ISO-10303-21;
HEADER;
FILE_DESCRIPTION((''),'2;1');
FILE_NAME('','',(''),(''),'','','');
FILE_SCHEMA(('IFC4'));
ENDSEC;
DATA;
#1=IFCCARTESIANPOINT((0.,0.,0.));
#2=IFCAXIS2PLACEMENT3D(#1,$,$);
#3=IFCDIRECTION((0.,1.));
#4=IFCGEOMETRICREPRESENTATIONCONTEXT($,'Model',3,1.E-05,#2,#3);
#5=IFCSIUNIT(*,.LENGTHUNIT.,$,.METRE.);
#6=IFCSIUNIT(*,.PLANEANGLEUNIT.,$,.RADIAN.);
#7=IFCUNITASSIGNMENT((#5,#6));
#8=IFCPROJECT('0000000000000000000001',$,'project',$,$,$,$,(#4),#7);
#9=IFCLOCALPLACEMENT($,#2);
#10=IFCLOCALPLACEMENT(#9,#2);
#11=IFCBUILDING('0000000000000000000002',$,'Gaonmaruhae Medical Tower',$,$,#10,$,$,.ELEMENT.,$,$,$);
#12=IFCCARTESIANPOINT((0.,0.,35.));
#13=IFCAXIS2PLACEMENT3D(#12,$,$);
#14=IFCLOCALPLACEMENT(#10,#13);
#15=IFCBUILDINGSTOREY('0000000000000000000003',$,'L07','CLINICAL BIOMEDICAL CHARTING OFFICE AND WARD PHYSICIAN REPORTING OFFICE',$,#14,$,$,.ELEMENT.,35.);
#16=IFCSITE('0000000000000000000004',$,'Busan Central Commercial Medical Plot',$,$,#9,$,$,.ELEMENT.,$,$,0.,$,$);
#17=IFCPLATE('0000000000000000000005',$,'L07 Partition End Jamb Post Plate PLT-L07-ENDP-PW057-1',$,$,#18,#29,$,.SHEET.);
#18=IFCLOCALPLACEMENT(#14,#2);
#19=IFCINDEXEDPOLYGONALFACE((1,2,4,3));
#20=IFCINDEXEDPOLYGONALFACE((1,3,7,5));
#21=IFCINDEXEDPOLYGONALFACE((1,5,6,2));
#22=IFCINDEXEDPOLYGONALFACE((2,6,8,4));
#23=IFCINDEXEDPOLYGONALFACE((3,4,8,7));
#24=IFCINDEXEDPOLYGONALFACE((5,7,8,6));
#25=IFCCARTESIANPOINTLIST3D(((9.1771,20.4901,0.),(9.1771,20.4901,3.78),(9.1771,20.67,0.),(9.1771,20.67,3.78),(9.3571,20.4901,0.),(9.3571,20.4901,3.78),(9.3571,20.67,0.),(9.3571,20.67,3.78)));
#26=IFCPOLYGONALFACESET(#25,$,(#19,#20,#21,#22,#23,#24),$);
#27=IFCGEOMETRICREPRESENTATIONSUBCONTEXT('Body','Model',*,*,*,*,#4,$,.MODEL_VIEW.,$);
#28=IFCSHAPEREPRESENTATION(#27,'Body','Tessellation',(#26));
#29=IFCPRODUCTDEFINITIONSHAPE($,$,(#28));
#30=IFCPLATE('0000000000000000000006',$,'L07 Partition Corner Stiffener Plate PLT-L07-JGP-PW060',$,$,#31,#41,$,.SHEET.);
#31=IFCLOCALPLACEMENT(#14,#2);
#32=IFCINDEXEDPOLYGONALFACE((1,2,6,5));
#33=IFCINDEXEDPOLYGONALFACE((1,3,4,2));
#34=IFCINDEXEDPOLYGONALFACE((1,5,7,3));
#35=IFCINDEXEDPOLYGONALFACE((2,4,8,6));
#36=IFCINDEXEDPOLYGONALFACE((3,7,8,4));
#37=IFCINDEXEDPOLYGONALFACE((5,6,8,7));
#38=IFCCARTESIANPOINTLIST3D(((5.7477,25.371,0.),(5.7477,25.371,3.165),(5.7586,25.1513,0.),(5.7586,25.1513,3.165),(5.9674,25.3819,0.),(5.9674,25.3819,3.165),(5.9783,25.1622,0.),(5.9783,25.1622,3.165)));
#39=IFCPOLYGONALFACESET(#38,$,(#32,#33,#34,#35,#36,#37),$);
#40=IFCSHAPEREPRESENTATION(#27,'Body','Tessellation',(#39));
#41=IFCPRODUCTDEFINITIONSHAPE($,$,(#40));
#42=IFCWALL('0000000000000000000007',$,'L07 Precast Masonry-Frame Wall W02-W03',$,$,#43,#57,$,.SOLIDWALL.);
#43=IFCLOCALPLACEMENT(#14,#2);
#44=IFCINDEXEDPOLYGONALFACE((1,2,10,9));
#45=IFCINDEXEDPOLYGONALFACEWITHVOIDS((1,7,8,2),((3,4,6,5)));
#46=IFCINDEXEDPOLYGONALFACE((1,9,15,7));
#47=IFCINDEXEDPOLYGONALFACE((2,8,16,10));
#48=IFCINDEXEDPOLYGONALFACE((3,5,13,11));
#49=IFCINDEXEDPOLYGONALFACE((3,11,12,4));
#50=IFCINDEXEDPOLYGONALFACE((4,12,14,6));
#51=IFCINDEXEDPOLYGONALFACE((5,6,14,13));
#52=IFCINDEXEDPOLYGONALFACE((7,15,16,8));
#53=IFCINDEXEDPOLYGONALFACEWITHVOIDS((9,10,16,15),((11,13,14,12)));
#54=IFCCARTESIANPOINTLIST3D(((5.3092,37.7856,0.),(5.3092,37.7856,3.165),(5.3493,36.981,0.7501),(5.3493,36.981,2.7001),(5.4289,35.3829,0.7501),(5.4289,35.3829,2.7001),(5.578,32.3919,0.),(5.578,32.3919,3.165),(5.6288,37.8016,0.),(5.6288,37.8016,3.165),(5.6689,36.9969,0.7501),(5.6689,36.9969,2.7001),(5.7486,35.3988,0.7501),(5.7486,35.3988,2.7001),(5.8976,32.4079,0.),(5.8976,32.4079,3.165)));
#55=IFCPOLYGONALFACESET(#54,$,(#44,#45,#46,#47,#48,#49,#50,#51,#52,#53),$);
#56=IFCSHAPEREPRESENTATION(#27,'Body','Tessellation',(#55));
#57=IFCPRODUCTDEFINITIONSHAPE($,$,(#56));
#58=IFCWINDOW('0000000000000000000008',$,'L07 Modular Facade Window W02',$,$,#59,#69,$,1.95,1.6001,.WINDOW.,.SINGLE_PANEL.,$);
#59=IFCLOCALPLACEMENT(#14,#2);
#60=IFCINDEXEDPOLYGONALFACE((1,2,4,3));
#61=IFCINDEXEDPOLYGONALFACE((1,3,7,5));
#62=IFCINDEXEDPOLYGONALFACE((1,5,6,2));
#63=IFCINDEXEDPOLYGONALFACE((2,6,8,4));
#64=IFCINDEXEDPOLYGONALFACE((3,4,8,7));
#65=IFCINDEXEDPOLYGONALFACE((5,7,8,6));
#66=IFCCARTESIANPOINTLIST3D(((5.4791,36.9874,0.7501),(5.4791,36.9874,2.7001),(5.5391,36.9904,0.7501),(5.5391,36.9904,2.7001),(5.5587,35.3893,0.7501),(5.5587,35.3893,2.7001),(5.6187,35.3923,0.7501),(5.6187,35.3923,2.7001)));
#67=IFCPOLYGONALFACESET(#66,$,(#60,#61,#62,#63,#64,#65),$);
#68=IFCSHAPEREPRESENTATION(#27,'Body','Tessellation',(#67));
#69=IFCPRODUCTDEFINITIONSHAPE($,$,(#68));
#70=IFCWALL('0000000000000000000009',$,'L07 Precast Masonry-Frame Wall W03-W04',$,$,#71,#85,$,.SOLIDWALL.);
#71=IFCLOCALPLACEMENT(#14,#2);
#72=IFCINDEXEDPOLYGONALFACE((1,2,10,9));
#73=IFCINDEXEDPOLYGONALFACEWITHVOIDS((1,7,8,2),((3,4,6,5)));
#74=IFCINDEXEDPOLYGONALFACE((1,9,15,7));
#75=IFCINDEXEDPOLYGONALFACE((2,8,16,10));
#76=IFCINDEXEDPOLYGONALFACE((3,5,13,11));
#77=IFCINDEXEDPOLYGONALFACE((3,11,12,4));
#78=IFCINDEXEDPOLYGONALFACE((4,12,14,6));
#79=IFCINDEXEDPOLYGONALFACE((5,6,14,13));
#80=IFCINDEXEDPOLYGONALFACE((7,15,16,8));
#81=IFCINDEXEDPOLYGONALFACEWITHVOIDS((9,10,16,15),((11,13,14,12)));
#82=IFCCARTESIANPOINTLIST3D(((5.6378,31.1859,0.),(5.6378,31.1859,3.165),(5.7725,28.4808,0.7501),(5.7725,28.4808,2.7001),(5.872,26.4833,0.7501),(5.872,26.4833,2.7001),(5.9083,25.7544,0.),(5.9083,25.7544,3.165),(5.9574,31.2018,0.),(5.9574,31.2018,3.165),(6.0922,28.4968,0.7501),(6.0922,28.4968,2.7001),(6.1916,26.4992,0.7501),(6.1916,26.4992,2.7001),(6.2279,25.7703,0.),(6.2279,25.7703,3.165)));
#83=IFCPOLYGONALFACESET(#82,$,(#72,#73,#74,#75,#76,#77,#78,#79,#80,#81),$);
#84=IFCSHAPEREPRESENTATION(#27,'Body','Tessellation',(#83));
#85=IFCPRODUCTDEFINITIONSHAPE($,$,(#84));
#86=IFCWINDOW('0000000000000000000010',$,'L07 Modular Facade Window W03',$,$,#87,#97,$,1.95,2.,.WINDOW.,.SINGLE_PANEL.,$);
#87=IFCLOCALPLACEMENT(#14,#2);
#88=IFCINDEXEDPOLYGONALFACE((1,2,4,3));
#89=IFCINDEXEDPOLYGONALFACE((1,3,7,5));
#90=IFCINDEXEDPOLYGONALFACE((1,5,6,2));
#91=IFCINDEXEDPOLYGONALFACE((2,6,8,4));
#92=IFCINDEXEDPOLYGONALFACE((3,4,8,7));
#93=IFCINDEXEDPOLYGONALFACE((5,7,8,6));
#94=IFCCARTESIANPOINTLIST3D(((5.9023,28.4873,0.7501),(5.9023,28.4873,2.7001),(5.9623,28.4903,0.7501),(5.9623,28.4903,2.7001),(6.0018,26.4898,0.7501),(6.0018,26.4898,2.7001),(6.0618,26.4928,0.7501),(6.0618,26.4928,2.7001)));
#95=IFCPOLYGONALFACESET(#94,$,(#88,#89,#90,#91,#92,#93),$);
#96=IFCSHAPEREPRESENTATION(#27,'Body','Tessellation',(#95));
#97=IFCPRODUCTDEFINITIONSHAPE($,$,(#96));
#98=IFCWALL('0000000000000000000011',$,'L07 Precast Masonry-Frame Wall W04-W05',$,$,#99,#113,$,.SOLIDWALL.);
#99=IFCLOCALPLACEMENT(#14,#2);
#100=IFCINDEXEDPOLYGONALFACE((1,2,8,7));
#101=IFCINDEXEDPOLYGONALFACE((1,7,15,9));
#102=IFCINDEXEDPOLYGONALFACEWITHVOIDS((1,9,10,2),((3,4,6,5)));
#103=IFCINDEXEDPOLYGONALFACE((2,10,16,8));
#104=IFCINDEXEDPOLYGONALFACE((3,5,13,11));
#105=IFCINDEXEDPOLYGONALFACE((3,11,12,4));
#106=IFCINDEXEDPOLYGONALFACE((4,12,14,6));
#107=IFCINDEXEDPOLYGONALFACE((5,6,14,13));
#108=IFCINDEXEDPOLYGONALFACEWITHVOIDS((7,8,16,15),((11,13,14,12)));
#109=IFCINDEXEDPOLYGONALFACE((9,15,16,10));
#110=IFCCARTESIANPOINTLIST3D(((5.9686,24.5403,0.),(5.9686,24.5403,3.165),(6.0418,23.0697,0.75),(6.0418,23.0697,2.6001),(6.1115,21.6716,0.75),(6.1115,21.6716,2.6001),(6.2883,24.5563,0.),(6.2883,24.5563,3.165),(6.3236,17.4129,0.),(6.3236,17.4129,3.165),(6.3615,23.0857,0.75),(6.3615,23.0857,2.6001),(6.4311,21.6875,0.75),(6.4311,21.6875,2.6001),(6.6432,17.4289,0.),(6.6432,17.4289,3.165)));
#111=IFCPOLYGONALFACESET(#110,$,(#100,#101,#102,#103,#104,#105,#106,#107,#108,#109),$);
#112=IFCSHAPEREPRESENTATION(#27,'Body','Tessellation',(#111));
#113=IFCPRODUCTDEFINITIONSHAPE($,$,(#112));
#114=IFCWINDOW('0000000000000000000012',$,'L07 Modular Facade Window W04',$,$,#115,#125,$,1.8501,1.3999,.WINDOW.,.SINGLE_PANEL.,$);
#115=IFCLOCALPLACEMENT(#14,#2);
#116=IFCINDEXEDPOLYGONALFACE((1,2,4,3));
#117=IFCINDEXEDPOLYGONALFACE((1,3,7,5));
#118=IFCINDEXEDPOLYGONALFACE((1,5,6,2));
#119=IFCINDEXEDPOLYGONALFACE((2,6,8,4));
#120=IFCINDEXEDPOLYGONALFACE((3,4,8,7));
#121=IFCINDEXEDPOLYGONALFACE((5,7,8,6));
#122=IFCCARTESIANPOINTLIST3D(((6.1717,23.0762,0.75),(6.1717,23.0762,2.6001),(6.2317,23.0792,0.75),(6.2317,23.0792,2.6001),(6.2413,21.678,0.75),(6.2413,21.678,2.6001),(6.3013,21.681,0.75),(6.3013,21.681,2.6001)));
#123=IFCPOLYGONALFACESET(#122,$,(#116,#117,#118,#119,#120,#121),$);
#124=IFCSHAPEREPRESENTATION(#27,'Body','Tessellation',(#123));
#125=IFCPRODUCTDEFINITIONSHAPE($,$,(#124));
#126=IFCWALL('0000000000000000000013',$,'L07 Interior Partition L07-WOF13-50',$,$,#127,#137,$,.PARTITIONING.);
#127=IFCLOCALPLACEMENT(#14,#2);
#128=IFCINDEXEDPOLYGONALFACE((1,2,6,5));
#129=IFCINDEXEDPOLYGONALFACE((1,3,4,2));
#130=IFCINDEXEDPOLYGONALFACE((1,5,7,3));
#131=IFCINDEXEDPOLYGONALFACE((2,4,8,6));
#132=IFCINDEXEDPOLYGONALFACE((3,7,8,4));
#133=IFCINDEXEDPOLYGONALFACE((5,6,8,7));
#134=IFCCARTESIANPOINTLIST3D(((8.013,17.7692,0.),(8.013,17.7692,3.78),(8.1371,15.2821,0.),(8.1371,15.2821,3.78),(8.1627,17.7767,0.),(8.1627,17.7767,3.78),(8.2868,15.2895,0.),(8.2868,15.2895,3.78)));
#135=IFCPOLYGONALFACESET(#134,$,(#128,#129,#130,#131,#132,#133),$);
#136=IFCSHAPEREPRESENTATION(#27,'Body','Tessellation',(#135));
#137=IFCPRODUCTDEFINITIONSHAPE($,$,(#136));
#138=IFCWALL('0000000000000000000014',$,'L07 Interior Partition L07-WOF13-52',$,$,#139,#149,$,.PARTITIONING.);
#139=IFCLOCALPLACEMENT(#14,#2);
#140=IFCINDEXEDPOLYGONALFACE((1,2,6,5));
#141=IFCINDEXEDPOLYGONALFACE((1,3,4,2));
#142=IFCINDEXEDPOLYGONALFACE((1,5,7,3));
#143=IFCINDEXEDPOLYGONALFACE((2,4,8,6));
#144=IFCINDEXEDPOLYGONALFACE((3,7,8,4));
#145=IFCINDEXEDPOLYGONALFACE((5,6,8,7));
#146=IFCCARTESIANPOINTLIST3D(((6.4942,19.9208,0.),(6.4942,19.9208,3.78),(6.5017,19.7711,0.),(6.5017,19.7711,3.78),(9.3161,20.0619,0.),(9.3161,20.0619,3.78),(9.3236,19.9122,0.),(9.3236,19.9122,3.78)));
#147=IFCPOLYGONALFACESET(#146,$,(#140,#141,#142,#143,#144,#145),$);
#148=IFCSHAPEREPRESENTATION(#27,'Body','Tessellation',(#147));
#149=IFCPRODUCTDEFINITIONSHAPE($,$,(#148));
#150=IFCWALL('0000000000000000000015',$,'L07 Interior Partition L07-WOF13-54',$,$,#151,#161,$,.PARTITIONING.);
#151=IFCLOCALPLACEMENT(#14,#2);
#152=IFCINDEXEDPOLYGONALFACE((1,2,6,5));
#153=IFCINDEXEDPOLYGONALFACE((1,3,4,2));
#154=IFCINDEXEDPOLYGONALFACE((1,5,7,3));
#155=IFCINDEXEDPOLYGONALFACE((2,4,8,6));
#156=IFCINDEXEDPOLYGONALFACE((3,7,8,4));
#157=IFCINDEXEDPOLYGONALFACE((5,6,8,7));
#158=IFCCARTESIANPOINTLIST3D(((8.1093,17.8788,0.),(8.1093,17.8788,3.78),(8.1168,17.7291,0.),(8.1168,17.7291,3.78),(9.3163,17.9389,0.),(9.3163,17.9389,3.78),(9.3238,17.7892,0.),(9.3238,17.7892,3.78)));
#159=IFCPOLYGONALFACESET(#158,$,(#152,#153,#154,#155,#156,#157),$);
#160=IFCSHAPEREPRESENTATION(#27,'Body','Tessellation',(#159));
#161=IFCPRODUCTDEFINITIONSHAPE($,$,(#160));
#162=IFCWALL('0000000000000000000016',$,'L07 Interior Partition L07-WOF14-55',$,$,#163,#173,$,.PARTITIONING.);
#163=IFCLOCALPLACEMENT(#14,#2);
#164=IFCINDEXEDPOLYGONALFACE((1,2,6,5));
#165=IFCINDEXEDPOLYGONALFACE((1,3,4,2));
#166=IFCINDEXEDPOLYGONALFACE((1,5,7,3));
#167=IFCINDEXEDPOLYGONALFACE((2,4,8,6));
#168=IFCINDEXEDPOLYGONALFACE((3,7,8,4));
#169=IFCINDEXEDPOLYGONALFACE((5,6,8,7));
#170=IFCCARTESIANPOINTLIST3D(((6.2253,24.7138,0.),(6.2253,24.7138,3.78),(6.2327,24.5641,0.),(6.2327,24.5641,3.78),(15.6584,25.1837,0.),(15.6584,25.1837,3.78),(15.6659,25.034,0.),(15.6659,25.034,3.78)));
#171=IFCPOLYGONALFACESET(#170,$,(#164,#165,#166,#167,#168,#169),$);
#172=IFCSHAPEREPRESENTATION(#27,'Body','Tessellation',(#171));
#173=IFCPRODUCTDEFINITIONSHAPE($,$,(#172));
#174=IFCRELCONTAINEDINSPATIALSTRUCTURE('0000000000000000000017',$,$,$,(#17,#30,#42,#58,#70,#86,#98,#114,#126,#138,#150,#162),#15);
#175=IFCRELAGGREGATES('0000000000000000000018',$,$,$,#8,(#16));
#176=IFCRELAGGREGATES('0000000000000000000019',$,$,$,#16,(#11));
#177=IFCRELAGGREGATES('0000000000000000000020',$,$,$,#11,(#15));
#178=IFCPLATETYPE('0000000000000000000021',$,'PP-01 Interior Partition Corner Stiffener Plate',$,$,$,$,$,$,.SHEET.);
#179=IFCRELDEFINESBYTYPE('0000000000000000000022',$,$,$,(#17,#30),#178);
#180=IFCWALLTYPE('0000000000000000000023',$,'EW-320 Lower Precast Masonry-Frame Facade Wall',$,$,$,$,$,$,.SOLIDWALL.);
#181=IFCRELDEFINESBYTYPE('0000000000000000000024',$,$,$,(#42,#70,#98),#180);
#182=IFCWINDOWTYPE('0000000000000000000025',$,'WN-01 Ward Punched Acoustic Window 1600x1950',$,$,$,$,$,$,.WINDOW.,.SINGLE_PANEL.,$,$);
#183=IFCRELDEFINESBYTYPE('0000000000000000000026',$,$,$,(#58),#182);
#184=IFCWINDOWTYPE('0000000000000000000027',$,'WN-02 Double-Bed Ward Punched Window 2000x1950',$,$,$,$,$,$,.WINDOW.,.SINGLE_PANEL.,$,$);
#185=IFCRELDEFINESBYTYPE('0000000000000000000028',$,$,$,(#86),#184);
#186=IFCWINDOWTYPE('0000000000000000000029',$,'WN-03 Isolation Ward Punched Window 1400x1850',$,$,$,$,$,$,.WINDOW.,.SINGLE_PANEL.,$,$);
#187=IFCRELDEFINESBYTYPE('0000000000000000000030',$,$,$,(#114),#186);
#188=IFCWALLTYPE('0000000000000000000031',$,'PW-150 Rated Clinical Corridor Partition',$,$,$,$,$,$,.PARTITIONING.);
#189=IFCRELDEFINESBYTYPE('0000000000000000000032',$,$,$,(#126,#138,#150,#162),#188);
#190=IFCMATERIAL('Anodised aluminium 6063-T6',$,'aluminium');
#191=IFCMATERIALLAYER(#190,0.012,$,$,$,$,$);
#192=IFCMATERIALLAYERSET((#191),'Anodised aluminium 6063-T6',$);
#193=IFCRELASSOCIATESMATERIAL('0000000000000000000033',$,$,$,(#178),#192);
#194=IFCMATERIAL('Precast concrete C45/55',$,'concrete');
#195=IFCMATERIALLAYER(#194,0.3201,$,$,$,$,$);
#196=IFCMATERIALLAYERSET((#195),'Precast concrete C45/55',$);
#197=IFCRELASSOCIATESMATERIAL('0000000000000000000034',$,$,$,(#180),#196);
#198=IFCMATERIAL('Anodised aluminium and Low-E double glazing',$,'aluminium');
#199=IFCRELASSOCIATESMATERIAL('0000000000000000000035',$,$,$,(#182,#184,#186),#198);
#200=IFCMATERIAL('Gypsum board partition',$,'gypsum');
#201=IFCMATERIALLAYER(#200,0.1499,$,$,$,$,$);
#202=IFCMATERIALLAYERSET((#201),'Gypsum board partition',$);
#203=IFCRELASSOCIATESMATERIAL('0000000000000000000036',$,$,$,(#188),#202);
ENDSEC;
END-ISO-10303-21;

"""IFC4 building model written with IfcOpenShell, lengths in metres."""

from ifc_helpers import new_model, si_unit, direction, frame, frame_2d, origin, origin_2d, place, context, subcontext, project, spatial, rectangle, extrude, material, layer, layer_set, type_object, element, fill, save


model = new_model("IFC4")

# Units and contexts
model_context = context("Model", 3, precision=1e-05, world=origin(), true_north=direction((0.0, 1.0)))
body_context = subcontext(model_context, "Body", "Model", "MODEL_VIEW")
ifc_project = project(units=[si_unit("LENGTHUNIT", "METRE"), si_unit("PLANEANGLEUNIT", "RADIAN")], contexts=[model_context])

# Site, building, storey
site_placement = place(None, origin())
site = spatial("IfcSite", under=ifc_project, at=site_placement, Name="Busan Central Commercial Medical Plot", CompositionType="ELEMENT", RefElevation=0.0)
building_placement = place(site_placement, origin())
building = spatial("IfcBuilding", under=site, at=building_placement, Name="Gaonmaruhae Medical Tower", CompositionType="ELEMENT")
storey_placement = place(building_placement, frame((0.0, 0.0, 35.0)))
storey = spatial("IfcBuildingStorey", under=building, at=storey_placement, Name="L07", Description="CLINICAL BIOMEDICAL CHARTING OFFICE AND WARD PHYSICIAN REPORTING OFFICE", CompositionType="ELEMENT", Elevation=35.0)

# Plates
ifc_material_1 = material(Name="Anodised aluminium 6063-T6", Category="aluminium")
ifc_layer_1 = layer(ifc_material_1, 0.012)
ifc_layer_set_1 = layer_set([ifc_layer_1], Name="Anodised aluminium 6063-T6")
plate_type = type_object("IfcPlateType", Name="PP-01 Interior Partition Corner Stiffener Plate", PredefinedType="SHEET", material=ifc_layer_set_1)
plate_1_placement = place(storey_placement, frame((9.2671, 20.5801, 0.0), z_axis=(0.0, 0.0, 1.0), x_axis=(-1.0, 0.0, 0.0)))
element("IfcPlate", 1, at=plate_1_placement, inside=storey, type_object=plate_type, Name="L07 Partition End Jamb Post Plate PLT-L07-ENDP-PW057-1", PredefinedType="SHEET", context=body_context, shape_type="SweptSolid", body=[
    extrude(rectangle(XDim=0.1799, YDim=0.1799, at=origin_2d()), origin(), (0.0, 0.0, 1.0), 3.78),
])
plate_2_placement = place(storey_placement, frame((5.863, 25.2666, 0.0), z_axis=(0.0, 0.0, 1.0), x_axis=(-0.049477, 0.998775, 0.0)))
element("IfcPlate", 2, at=plate_2_placement, inside=storey, type_object=plate_type, Name="L07 Partition Corner Stiffener Plate PLT-L07-JGP-PW060", PredefinedType="SHEET", context=body_context, shape_type="SweptSolid", body=[
    extrude(rectangle(XDim=0.22, YDim=0.22, at=origin_2d()), origin(), (0.0, 0.0, 1.0), 3.165),
])

# Walls, openings, windows
ifc_material_2 = material(Name="Precast concrete C45/55", Category="concrete")
ifc_layer_2 = layer(ifc_material_2, 0.3201)
ifc_layer_set_2 = layer_set([ifc_layer_2], Name="Precast concrete C45/55")
wall_type_1 = type_object("IfcWallType", Name="EW-320 Lower Precast Masonry-Frame Facade Wall", PredefinedType="SOLIDWALL", material=ifc_layer_set_2)
wall_1_placement = place(storey_placement, frame((5.7378, 32.3999, 0.0), z_axis=(0.0, 0.0, 1.0), x_axis=(-0.049773, 0.998761, 0.0)))
wall_1 = element("IfcWall", 3, at=wall_1_placement, inside=storey, type_object=wall_type_1, Name="L07 Precast Masonry-Frame Wall W02-W03", PredefinedType="SOLIDWALL", context=body_context, shape_type="SweptSolid", body=[
    extrude(rectangle(XDim=5.4004, YDim=0.3201, at=frame_2d((2.7002, 0.0))), origin(), (0.0, 0.0, 1.0), 3.165),
])
opening_1_placement = place(wall_1_placement, frame((2.9946, 0.0, 0.75)))
opening_1 = element("IfcOpeningElement", 4, at=opening_1_placement, cuts=wall_1, PredefinedType="OPENING", context=body_context, shape_type="SweptSolid", body=[
    extrude(rectangle(XDim=1.6001, YDim=1.95, at=frame_2d((0.8, 0.9751))), frame((0.0, 0.1699, 0.0), z_axis=(0.0, -1.0, 0.0), x_axis=(1.0, 0.0, 0.0)), (0.0, 0.0, 1.0), 0.3401),
])
ifc_material_3 = material(Name="Anodised aluminium and Low-E double glazing", Category="aluminium")
window_type_1 = type_object("IfcWindowType", Name="WN-01 Ward Punched Acoustic Window 1600x1950", PartitioningType="SINGLE_PANEL", PredefinedType="WINDOW", material=ifc_material_3)
window_1_placement = place(opening_1_placement, origin())
window_1 = element("IfcWindow", 5, at=window_1_placement, inside=storey, type_object=window_type_1, Name="L07 Modular Facade Window W02", OverallHeight=1.95, OverallWidth=1.6001, PartitioningType="SINGLE_PANEL", PredefinedType="WINDOW", context=body_context, shape_type="SweptSolid", body=[
    extrude(rectangle(XDim=1.6001, YDim=1.95, at=frame_2d((0.8, 0.9751))), frame((0.0, 0.03, 0.0), z_axis=(0.0, -1.0, 0.0), x_axis=(1.0, 0.0, 0.0)), (0.0, 0.0, 1.0), 0.0601),
])
fill(opening_1, window_1)
wall_2_placement = place(storey_placement, frame((6.0681, 25.7622, 0.0), z_axis=(0.0, 0.0, 1.0), x_axis=(-0.049743, 0.998762, 0.0)))
wall_2 = element("IfcWall", 6, at=wall_2_placement, inside=storey, type_object=wall_type_1, Name="L07 Precast Masonry-Frame Wall W03-W04", PredefinedType="SOLIDWALL", context=body_context, shape_type="SweptSolid", body=[
    extrude(rectangle(XDim=5.4382, YDim=0.3201, at=frame_2d((2.7192, 0.0))), origin(), (0.0, 0.0, 1.0), 3.165),
])
opening_2_placement = place(wall_2_placement, frame((0.73, 0.0, 0.75)))
opening_2 = element("IfcOpeningElement", 7, at=opening_2_placement, cuts=wall_2, PredefinedType="OPENING", context=body_context, shape_type="SweptSolid", body=[
    extrude(rectangle(XDim=2.0, YDim=1.95, at=frame_2d((1.0, 0.9751))), frame((0.0, 0.1699, 0.0), z_axis=(0.0, -1.0, 0.0), x_axis=(1.0, 0.0, 0.0)), (0.0, 0.0, 1.0), 0.3401),
])
window_type_2 = type_object("IfcWindowType", Name="WN-02 Double-Bed Ward Punched Window 2000x1950", PartitioningType="SINGLE_PANEL", PredefinedType="WINDOW", material=ifc_material_3)
window_2_placement = place(opening_2_placement, origin())
window_2 = element("IfcWindow", 8, at=window_2_placement, inside=storey, type_object=window_type_2, Name="L07 Modular Facade Window W03", OverallHeight=1.95, OverallWidth=2.0, PartitioningType="SINGLE_PANEL", PredefinedType="WINDOW", context=body_context, shape_type="SweptSolid", body=[
    extrude(rectangle(XDim=2.0, YDim=1.95, at=frame_2d((1.0, 0.9751))), frame((0.0, 0.03, 0.0), z_axis=(0.0, -1.0, 0.0), x_axis=(1.0, 0.0, 0.0)), (0.0, 0.0, 1.0), 0.0601),
])
fill(opening_2, window_2)
wall_3_placement = place(storey_placement, frame((6.4834, 17.4209, 0.0), z_axis=(0.0, 0.0, 1.0), x_axis=(-0.049743, 0.998762, 0.0)))
wall_3 = element("IfcWall", 9, at=wall_3_placement, inside=storey, type_object=wall_type_1, Name="L07 Precast Masonry-Frame Wall W04-W05", PredefinedType="SOLIDWALL", context=body_context, shape_type="SweptSolid", body=[
    extrude(rectangle(XDim=7.1362, YDim=0.3201, at=frame_2d((3.5681, 0.0))), origin(), (0.0, 0.0, 1.0), 3.165),
])
opening_3_placement = place(wall_3_placement, frame((4.2639, 0.0, 0.75)))
opening_3 = element("IfcOpeningElement", 10, at=opening_3_placement, cuts=wall_3, PredefinedType="OPENING", context=body_context, shape_type="SweptSolid", body=[
    extrude(rectangle(XDim=1.3999, YDim=1.8501, at=frame_2d((0.7, 0.925))), frame((0.0, 0.1699, 0.0), z_axis=(0.0, -1.0, 0.0), x_axis=(1.0, 0.0, 0.0)), (0.0, 0.0, 1.0), 0.3401),
])
window_type_3 = type_object("IfcWindowType", Name="WN-03 Isolation Ward Punched Window 1400x1850", PartitioningType="SINGLE_PANEL", PredefinedType="WINDOW", material=ifc_material_3)
window_3_placement = place(opening_3_placement, origin())
window_3 = element("IfcWindow", 11, at=window_3_placement, inside=storey, type_object=window_type_3, Name="L07 Modular Facade Window W04", OverallHeight=1.8501, OverallWidth=1.3999, PartitioningType="SINGLE_PANEL", PredefinedType="WINDOW", context=body_context, shape_type="SweptSolid", body=[
    extrude(rectangle(XDim=1.3999, YDim=1.8501, at=frame_2d((0.7, 0.925))), frame((0.0, 0.03, 0.0), z_axis=(0.0, -1.0, 0.0), x_axis=(1.0, 0.0, 0.0)), (0.0, 0.0, 1.0), 0.0601),
])
fill(opening_3, window_3)

# Walls
ifc_material_4 = material(Name="Gypsum board partition", Category="gypsum")
ifc_layer_3 = layer(ifc_material_4, 0.1499)
ifc_layer_set_3 = layer_set([ifc_layer_3], Name="Gypsum board partition")
wall_type_2 = type_object("IfcWallType", Name="PW-150 Rated Clinical Corridor Partition", PredefinedType="PARTITIONING", material=ifc_layer_set_3)
wall_4_placement = place(storey_placement, frame((8.0879, 17.7729, 0.0), z_axis=(0.0, 0.0, 1.0), x_axis=(0.049806, -0.998759, 0.0)))
element("IfcWall", 12, at=wall_4_placement, inside=storey, type_object=wall_type_2, Name="L07 Interior Partition L07-WOF13-50", PredefinedType="PARTITIONING", context=body_context, shape_type="SweptSolid", body=[
    extrude(rectangle(XDim=2.4902, YDim=0.1499, at=frame_2d((1.2451, 0.0))), origin(), (0.0, 0.0, 1.0), 3.78),
])
wall_5_placement = place(storey_placement, frame((6.498, 19.8459, 0.0), z_axis=(0.0, 0.0, 1.0), x_axis=(0.998752, 0.049942, 0.0)))
element("IfcWall", 13, at=wall_5_placement, inside=storey, type_object=wall_type_2, Name="L07 Interior Partition L07-WOF13-52", PredefinedType="PARTITIONING", context=body_context, shape_type="SweptSolid", body=[
    extrude(rectangle(XDim=2.8254, YDim=0.1499, at=frame_2d((1.4126, 0.0))), origin(), (0.0, 0.0, 1.0), 3.78),
])

# Walls
wall_6_placement = place(storey_placement, frame((9.3201, 17.864, 0.0), z_axis=(0.0, 0.0, 1.0), x_axis=(-0.998764, -0.049696, 0.0)))
element("IfcWall", 14, at=wall_6_placement, inside=storey, type_object=wall_type_2, Name="L07 Interior Partition L07-WOF13-54", PredefinedType="PARTITIONING", context=body_context, shape_type="SweptSolid", body=[
    extrude(rectangle(XDim=1.2085, YDim=0.1499, at=frame_2d((0.6042, 0.0))), origin(), (0.0, 0.0, 1.0), 3.78),
])
wall_7_placement = place(storey_placement, frame((6.229, 24.6389, 0.0), z_axis=(0.0, 0.0, 1.0), x_axis=(0.998761, 0.04976, 0.0)))
element("IfcWall", 15, at=wall_7_placement, inside=storey, type_object=wall_type_2, Name="L07 Interior Partition L07-WOF14-55", PredefinedType="PARTITIONING", context=body_context, shape_type="SweptSolid", body=[
    extrude(rectangle(XDim=9.4448, YDim=0.1499, at=frame_2d((4.7224, 0.0))), origin(), (0.0, 0.0, 1.0), 3.78),
])

save(model, "model.ifc")
